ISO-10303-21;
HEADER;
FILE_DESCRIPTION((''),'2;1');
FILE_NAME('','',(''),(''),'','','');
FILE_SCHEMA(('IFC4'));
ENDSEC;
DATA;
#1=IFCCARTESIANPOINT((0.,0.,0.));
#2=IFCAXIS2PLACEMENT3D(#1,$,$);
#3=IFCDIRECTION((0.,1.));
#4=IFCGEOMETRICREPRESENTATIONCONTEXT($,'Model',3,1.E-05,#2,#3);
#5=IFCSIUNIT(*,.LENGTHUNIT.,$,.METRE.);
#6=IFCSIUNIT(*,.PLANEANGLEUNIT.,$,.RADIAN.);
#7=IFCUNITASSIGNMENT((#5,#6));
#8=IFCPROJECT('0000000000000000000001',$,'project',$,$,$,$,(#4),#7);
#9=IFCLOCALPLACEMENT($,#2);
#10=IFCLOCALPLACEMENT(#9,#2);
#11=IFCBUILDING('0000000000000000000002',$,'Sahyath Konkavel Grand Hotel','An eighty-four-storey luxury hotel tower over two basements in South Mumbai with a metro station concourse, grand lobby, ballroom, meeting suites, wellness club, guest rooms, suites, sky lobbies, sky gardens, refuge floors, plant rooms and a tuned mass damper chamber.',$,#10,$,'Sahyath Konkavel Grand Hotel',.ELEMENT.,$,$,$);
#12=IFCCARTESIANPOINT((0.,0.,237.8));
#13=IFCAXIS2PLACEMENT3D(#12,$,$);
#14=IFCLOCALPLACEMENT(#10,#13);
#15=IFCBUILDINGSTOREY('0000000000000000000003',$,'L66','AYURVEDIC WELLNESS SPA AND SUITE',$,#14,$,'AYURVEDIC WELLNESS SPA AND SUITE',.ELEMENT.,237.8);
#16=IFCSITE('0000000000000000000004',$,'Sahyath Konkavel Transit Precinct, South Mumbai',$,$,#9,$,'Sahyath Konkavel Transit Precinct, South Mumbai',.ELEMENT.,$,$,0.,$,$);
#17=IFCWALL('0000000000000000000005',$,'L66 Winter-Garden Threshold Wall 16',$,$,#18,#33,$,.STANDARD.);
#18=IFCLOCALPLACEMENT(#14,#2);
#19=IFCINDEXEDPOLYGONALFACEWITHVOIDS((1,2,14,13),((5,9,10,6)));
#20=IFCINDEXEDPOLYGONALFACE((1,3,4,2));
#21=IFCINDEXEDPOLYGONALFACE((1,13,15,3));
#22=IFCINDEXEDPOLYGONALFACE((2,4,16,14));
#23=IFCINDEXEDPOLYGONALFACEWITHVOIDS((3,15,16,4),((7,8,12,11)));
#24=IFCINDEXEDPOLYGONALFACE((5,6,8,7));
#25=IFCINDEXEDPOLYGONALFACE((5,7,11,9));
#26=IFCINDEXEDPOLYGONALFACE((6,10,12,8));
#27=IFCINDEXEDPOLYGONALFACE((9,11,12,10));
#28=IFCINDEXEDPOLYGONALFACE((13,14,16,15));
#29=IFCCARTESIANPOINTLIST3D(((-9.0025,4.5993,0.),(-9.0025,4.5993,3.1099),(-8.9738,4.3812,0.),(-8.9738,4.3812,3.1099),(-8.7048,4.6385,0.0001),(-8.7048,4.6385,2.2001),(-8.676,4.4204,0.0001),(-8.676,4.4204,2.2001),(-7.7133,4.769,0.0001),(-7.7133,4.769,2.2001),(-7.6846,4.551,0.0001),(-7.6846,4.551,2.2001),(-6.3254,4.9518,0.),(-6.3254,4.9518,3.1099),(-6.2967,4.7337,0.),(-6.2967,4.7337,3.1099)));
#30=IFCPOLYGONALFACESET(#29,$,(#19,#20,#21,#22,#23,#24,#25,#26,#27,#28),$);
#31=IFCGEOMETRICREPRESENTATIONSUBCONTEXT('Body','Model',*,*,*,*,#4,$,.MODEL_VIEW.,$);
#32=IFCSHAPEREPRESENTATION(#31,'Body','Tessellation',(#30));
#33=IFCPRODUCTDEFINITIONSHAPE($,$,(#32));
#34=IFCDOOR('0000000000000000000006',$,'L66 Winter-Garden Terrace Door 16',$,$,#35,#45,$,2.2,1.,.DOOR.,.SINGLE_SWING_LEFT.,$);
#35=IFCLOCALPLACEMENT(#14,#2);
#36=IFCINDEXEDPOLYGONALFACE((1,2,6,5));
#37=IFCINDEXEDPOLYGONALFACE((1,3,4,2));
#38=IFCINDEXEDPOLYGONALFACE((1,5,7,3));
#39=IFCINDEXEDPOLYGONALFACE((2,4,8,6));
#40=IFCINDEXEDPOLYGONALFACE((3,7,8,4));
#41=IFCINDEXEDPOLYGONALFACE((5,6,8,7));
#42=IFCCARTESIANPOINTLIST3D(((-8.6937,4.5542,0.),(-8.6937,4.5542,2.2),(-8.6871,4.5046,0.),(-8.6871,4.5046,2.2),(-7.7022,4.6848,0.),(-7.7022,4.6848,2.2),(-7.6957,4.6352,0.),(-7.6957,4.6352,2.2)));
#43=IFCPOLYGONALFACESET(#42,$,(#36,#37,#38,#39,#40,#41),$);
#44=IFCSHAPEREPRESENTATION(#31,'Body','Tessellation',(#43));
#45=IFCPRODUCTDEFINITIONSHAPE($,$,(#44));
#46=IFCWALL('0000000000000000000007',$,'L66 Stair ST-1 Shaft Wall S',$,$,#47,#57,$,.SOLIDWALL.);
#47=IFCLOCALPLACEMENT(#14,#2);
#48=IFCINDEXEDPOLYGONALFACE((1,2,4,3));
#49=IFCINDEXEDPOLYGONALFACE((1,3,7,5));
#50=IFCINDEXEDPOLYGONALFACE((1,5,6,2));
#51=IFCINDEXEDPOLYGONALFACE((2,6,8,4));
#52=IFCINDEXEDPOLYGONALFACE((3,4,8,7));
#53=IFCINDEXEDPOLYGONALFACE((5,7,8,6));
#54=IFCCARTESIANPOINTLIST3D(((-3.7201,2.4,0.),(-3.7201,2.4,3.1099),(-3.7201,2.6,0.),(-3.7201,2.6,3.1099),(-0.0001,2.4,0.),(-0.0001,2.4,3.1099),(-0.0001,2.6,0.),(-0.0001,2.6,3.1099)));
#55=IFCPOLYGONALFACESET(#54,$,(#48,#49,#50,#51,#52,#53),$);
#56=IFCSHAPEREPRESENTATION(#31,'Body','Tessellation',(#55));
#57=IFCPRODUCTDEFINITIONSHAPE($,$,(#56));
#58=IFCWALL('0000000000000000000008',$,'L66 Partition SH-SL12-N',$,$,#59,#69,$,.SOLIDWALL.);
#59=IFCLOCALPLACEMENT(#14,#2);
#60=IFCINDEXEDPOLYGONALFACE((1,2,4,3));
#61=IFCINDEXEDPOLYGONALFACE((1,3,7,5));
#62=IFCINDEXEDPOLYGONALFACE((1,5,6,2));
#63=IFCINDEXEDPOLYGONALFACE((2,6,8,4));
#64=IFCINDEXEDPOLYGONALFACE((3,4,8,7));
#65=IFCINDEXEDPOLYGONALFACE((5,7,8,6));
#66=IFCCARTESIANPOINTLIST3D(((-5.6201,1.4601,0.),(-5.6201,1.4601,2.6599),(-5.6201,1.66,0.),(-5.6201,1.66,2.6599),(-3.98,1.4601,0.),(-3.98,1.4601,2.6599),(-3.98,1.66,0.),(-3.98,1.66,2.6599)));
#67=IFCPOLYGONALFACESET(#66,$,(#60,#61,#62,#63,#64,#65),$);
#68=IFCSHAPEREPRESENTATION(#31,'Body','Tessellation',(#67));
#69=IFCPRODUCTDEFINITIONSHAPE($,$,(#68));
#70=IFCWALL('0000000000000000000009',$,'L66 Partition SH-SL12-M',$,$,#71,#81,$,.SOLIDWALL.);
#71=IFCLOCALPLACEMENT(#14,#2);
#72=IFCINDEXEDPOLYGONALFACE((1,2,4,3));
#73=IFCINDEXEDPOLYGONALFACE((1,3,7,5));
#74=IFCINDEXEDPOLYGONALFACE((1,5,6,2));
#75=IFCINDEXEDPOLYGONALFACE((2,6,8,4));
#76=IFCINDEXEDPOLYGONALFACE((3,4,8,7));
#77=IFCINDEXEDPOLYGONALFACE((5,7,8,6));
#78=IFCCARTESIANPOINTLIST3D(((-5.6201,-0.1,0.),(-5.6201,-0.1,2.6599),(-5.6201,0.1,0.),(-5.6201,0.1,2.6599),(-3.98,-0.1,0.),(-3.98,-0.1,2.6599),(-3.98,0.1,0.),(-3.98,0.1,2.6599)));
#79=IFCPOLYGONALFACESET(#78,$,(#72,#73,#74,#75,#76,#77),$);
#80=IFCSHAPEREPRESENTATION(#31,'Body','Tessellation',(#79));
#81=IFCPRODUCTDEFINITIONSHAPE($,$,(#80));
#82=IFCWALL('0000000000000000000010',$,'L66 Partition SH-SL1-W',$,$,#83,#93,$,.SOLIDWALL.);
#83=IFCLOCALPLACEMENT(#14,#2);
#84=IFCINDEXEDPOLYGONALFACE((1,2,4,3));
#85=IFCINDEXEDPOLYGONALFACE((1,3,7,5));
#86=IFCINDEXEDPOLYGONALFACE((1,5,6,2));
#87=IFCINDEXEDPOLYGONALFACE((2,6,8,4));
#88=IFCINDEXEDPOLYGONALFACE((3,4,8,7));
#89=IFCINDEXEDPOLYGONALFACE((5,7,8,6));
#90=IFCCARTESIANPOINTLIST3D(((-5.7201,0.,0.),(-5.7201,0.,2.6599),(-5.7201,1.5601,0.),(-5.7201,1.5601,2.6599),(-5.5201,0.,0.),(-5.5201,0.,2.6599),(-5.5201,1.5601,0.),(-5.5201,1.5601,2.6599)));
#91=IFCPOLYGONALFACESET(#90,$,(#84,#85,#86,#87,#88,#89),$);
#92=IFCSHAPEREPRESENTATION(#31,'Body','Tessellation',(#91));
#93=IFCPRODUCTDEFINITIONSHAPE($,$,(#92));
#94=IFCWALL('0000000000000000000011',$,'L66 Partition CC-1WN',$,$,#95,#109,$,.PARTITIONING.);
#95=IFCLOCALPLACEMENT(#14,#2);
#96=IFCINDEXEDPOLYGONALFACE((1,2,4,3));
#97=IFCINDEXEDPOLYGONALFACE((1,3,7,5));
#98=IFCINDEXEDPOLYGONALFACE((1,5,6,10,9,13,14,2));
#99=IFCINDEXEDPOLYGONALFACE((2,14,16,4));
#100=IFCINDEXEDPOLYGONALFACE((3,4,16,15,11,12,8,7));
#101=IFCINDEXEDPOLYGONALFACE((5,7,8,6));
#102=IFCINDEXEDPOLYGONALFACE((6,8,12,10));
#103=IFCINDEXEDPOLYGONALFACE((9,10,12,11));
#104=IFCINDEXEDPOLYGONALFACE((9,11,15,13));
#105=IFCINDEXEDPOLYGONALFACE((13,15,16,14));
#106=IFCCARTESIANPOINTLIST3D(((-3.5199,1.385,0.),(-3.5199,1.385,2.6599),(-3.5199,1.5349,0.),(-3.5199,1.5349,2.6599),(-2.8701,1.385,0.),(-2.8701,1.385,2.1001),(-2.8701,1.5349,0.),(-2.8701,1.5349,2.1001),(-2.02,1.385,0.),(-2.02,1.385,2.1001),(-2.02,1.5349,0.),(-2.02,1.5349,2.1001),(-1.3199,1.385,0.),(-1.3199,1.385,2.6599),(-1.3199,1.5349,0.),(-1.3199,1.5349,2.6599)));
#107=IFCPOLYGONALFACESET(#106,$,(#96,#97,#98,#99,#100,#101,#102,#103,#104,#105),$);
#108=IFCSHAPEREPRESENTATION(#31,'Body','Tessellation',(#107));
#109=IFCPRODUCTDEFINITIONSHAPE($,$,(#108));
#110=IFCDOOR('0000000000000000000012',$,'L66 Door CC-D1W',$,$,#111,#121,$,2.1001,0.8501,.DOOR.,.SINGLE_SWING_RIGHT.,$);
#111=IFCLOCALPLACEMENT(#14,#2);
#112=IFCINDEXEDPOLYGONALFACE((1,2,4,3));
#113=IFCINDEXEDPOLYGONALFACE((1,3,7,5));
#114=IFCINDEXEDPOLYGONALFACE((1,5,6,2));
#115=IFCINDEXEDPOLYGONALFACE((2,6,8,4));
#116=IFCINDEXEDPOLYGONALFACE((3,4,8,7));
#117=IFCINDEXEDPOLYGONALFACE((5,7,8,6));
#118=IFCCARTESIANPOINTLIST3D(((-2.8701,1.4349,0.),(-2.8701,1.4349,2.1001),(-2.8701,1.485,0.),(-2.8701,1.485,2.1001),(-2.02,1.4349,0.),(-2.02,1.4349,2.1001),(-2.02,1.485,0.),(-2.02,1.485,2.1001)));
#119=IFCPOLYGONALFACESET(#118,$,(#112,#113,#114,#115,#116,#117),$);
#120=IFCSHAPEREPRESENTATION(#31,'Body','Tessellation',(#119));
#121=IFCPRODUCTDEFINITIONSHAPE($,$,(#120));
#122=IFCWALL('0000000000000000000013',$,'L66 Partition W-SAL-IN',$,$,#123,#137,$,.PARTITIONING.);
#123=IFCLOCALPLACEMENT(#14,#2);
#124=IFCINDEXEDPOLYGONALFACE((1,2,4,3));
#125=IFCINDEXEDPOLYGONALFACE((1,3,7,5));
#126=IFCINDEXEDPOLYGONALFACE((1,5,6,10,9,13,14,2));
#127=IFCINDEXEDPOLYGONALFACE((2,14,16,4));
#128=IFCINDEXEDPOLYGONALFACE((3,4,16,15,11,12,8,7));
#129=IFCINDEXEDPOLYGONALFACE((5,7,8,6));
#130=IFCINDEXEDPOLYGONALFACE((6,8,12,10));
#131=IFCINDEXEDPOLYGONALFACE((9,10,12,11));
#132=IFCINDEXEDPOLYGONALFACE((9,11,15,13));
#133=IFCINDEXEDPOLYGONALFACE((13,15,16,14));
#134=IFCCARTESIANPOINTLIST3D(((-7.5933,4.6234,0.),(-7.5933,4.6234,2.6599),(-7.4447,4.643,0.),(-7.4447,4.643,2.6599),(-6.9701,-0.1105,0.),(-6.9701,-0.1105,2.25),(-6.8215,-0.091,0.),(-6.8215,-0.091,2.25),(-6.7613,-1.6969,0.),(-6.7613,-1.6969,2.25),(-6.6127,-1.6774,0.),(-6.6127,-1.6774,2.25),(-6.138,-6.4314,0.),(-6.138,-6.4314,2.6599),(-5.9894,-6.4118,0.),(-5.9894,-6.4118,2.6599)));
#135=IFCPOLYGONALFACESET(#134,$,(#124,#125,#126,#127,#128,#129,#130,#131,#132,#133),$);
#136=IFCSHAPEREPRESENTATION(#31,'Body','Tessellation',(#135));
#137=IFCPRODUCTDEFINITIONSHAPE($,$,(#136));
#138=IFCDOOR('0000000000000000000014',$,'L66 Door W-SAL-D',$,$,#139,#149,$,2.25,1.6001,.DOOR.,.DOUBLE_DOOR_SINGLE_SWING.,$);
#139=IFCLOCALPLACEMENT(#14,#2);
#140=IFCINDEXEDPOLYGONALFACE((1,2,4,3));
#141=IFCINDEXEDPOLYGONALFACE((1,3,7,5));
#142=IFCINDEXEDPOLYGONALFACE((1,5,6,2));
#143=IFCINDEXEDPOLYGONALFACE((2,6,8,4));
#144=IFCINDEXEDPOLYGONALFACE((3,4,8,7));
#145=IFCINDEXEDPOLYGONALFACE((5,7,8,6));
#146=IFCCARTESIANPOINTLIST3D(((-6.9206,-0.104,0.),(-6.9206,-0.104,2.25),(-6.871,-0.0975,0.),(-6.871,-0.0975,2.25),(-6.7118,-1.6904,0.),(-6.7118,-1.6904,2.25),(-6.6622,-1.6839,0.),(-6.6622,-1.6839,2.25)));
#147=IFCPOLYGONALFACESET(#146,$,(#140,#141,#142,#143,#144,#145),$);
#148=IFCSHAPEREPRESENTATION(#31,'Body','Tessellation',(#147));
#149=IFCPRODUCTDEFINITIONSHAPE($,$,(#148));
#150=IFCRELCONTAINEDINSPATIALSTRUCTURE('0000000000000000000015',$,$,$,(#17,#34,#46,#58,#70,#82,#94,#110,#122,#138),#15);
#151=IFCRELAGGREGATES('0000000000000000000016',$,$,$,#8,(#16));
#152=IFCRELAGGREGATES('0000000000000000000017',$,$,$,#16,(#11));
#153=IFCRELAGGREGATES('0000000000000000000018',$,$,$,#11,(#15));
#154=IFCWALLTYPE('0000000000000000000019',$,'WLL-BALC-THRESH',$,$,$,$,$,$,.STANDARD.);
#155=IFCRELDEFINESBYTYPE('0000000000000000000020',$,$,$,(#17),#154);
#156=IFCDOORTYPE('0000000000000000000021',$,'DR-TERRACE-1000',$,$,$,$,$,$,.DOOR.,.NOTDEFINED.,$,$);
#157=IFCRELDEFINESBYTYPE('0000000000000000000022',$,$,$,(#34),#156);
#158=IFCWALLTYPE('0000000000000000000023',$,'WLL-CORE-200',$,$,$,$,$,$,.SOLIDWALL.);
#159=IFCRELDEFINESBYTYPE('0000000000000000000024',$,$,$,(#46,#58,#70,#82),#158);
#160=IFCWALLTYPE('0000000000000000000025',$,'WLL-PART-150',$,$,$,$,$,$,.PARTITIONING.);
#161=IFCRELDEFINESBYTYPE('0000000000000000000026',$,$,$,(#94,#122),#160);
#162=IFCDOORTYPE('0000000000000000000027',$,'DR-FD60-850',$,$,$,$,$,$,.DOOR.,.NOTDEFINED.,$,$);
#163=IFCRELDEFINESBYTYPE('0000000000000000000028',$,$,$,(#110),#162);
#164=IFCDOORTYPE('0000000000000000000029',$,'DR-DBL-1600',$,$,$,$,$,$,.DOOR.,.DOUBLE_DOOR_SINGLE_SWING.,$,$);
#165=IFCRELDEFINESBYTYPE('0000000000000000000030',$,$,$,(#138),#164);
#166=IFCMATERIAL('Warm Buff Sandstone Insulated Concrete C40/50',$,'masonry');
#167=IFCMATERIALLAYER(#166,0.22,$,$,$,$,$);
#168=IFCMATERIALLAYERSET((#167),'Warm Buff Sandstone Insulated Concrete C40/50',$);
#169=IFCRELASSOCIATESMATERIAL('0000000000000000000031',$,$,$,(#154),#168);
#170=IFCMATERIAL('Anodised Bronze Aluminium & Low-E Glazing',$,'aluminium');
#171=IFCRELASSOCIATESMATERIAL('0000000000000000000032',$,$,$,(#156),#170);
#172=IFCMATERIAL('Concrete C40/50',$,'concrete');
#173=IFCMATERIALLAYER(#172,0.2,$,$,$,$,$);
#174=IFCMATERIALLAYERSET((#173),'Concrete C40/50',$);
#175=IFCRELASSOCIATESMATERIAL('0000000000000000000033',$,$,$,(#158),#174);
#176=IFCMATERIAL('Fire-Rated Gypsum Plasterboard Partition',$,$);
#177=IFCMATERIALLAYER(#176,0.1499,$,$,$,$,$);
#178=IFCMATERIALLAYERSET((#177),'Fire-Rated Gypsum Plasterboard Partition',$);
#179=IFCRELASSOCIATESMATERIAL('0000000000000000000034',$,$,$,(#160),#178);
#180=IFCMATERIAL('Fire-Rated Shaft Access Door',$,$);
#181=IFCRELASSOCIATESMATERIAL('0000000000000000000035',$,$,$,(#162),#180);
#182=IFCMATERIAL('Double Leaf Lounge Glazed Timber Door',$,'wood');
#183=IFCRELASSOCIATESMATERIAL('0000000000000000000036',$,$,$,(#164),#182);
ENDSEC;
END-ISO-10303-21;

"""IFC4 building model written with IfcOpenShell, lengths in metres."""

from ifc_helpers import new_model, si_unit, direction, frame, frame_2d, origin, origin_2d, place, context, subcontext, project, spatial, rectangle, extrude, source, transform, mapped, material, layer, layer_set, type_object, element, fill, save


model = new_model("IFC4")

# Units and contexts
model_context = context("Model", 3, precision=1e-05, world=origin(), true_north=direction((0.0, 1.0)))
body_context = subcontext(model_context, "Body", "Model", "MODEL_VIEW")
ifc_project = project(units=[si_unit("LENGTHUNIT", "METRE"), si_unit("PLANEANGLEUNIT", "RADIAN")], contexts=[model_context])

# Site, building, storey
site_placement = place(None, origin())
site = spatial("IfcSite", under=ifc_project, at=site_placement, Name="Sahyath Konkavel Transit Precinct, South Mumbai", LongName="Sahyath Konkavel Transit Precinct, South Mumbai", CompositionType="ELEMENT", RefElevation=0.0)
building_placement = place(site_placement, origin())
building = spatial("IfcBuilding", under=site, at=building_placement, Name="Sahyath Konkavel Grand Hotel", Description="An eighty-four-storey luxury hotel tower over two basements in South Mumbai with a metro station concourse, grand lobby, ballroom, meeting suites, wellness club, guest rooms, suites, sky lobbies, sky gardens, refuge floors, plant rooms and a tuned mass damper chamber.", LongName="Sahyath Konkavel Grand Hotel", CompositionType="ELEMENT")
storey_placement = place(building_placement, frame((0.0, 0.0, 237.8)))
storey = spatial("IfcBuildingStorey", under=building, at=storey_placement, Name="L66", Description="AYURVEDIC WELLNESS SPA AND SUITE", LongName="AYURVEDIC WELLNESS SPA AND SUITE", CompositionType="ELEMENT", Elevation=237.8)

# Shared definitions
ifc_material_1 = material(Name="Concrete C40/50", Category="concrete")

# Shared definitions
ifc_material_2 = material(Name="Anodised Bronze Aluminium & Low-E Glazing", Category="aluminium")

# Wall, opening, door
ifc_material_3 = material(Name="Warm Buff Sandstone Insulated Concrete C40/50", Category="masonry")
ifc_layer_1 = layer(ifc_material_3, 0.22)
ifc_layer_set_1 = layer_set([ifc_layer_1], Name="Warm Buff Sandstone Insulated Concrete C40/50")
wall_type_1 = type_object("IfcWallType", Name="WLL-BALC-THRESH", PredefinedType="STANDARD", material=ifc_layer_set_1)
wall_1_placement = place(storey_placement, frame((-6.311, 4.8428, 0.0), z_axis=(0.0, 0.0, 1.0), x_axis=(-0.99144, -0.130564, 0.0)))
wall_1 = element("IfcWall", 1, at=wall_1_placement, inside=storey, type_object=wall_type_1, Name="L66 Winter-Garden Threshold Wall 16", PredefinedType="STANDARD", context=body_context, shape_type="SweptSolid", body=[
    extrude(rectangle(XDim=2.7002, YDim=0.22, at=frame_2d((1.3501, 0.0))), origin(), (0.0, 0.0, 1.0), 3.1099),
])
opening_1_placement = place(wall_1_placement, frame((1.3999, 0.0, 0.0)))
opening_1 = element("IfcOpeningElement", 2, at=opening_1_placement, cuts=wall_1, PredefinedType="OPENING", context=body_context, shape_type="SweptSolid", body=[
    extrude(rectangle(XDim=1.0, YDim=2.2, at=frame_2d((0.5, 1.1001))), frame((0.0, 0.1201, 0.0), z_axis=(0.0, -1.0, 0.0), x_axis=(1.0, 0.0, 0.0)), (0.0, 0.0, 1.0), 0.24),
])
door_type_1 = type_object("IfcDoorType", Name="DR-TERRACE-1000", OperationType="NOTDEFINED", PredefinedType="DOOR", material=ifc_material_2)
shared_shape_1 = source(origin(), body_context, "Body", "SweptSolid", [
    extrude(rectangle(XDim=1.0, YDim=0.05, at=origin_2d()), origin(), (0.0, 0.0, 1.0), 2.2),
])
door_1_placement = place(opening_1_placement, frame((0.5, 0.0, 0.0)))
door_1 = element("IfcDoor", 3, at=door_1_placement, inside=storey, type_object=door_type_1, Name="L66 Winter-Garden Terrace Door 16", OperationType="SINGLE_SWING_LEFT", OverallHeight=2.2, OverallWidth=1.0, PredefinedType="DOOR", context=body_context, shape_type="MappedRepresentation", body=[
    mapped(shared_shape_1, transform((0.0, 0.0, 0.0), scale=1.0)),
])
fill(opening_1, door_1)

# Walls
ifc_layer_2 = layer(ifc_material_1, 0.2)
ifc_layer_set_2 = layer_set([ifc_layer_2], Name="Concrete C40/50")
wall_type_2 = type_object("IfcWallType", Name="WLL-CORE-200", PredefinedType="SOLIDWALL", material=ifc_layer_set_2)
wall_2_placement = place(storey_placement, frame((-3.72, 2.5, 0.0), z_axis=(0.0, 0.0, 1.0), x_axis=(1.0, 0.0, 0.0)))
element("IfcWall", 4, at=wall_2_placement, inside=storey, type_object=wall_type_2, Name="L66 Stair ST-1 Shaft Wall S", PredefinedType="SOLIDWALL", context=body_context, shape_type="SweptSolid", body=[
    extrude(rectangle(XDim=3.72, YDim=0.2, at=frame_2d((1.8599, 0.0))), origin(), (0.0, 0.0, 1.0), 3.1099),
])
for number, where, z_axis, x_axis, name in (
    (5, (-5.6201, 1.5601, 0.0), (0.0, 0.0, 1.0), (1.0, 0.0, 0.0), "L66 Partition SH-SL12-N"),
    (6, (-5.6201, 0.0, 0.0), (0.0, 0.0, 1.0), (1.0, 0.0, 0.0), "L66 Partition SH-SL12-M"),
):
    element("IfcWall", number, at=place(storey_placement, frame(where, z_axis=z_axis, x_axis=x_axis)), inside=storey, type_object=wall_type_2, Name=name, PredefinedType="SOLIDWALL", context=body_context, shape_type="SweptSolid", body=[
        extrude(rectangle(XDim=1.6401, YDim=0.2, at=frame_2d((0.8201, 0.0))), origin(), (0.0, 0.0, 1.0), 2.6599),
    ])
wall_3_placement = place(storey_placement, frame((-5.6201, 0.0, 0.0), z_axis=(0.0, 0.0, 1.0), x_axis=(0.0, 1.0, 0.0)))
element("IfcWall", 7, at=wall_3_placement, inside=storey, type_object=wall_type_2, Name="L66 Partition SH-SL1-W", PredefinedType="SOLIDWALL", context=body_context, shape_type="SweptSolid", body=[
    extrude(rectangle(XDim=1.5601, YDim=0.2, at=frame_2d((0.78, 0.0))), origin(), (0.0, 0.0, 1.0), 2.6599),
])

# Walls, openings, doors
ifc_material_4 = material(Name="Fire-Rated Gypsum Plasterboard Partition")
ifc_layer_3 = layer(ifc_material_4, 0.1499)
ifc_layer_set_3 = layer_set([ifc_layer_3], Name="Fire-Rated Gypsum Plasterboard Partition")
wall_type_3 = type_object("IfcWallType", Name="WLL-PART-150", PredefinedType="PARTITIONING", material=ifc_layer_set_3)
wall_4_placement = place(storey_placement, frame((-3.52, 1.46, 0.0), z_axis=(0.0, 0.0, 1.0), x_axis=(1.0, 0.0, 0.0)))
wall_4 = element("IfcWall", 8, at=wall_4_placement, inside=storey, type_object=wall_type_3, Name="L66 Partition CC-1WN", PredefinedType="PARTITIONING", context=body_context, shape_type="SweptSolid", body=[
    extrude(rectangle(XDim=2.2, YDim=0.1499, at=frame_2d((1.1001, 0.0))), origin(), (0.0, 0.0, 1.0), 2.6599),
])
opening_2_placement = place(wall_4_placement, frame((0.6499, 0.0, 0.0)))
opening_2 = element("IfcOpeningElement", 9, at=opening_2_placement, cuts=wall_4, PredefinedType="OPENING", context=body_context, shape_type="SweptSolid", body=[
    extrude(rectangle(XDim=0.8501, YDim=2.1001, at=frame_2d((0.425, 1.05))), frame((0.0, 0.085, 0.0), z_axis=(0.0, -1.0, 0.0), x_axis=(1.0, 0.0, 0.0)), (0.0, 0.0, 1.0), 0.1699),
])
ifc_material_5 = material(Name="Fire-Rated Shaft Access Door")
door_type_2 = type_object("IfcDoorType", Name="DR-FD60-850", OperationType="NOTDEFINED", PredefinedType="DOOR", material=ifc_material_5)
shared_shape_2 = source(origin(), body_context, "Body", "SweptSolid", [
    extrude(rectangle(XDim=0.8501, YDim=0.05, at=origin_2d()), origin(), (0.0, 0.0, 1.0), 2.1001),
])
door_2_placement = place(opening_2_placement, frame((0.425, 0.0, 0.0)))
door_2 = element("IfcDoor", 10, at=door_2_placement, inside=storey, type_object=door_type_2, Name="L66 Door CC-D1W", OperationType="SINGLE_SWING_RIGHT", OverallHeight=2.1001, OverallWidth=0.8501, PredefinedType="DOOR", context=body_context, shape_type="MappedRepresentation", body=[
    mapped(shared_shape_2, transform((0.0, 0.0, 0.0), scale=1.0)),
])
fill(opening_2, door_2)
wall_5_placement = place(storey_placement, frame((-7.519, 4.6333, 0.0), z_axis=(0.0, 0.0, 1.0), x_axis=(0.130521, -0.991445, 0.0)))
wall_5 = element("IfcWall", 11, at=wall_5_placement, inside=storey, type_object=wall_type_3, Name="L66 Partition W-SAL-IN", PredefinedType="PARTITIONING", context=body_context, shape_type="SweptSolid", body=[
    extrude(rectangle(XDim=11.1501, YDim=0.1499, at=frame_2d((5.5752, 0.0))), origin(), (0.0, 0.0, 1.0), 2.6599),
])
opening_3_placement = place(wall_5_placement, frame((4.7749, 0.0, 0.0)))
opening_3 = element("IfcOpeningElement", 12, at=opening_3_placement, cuts=wall_5, PredefinedType="OPENING", context=body_context, shape_type="SweptSolid", body=[
    extrude(rectangle(XDim=1.6001, YDim=2.25, at=frame_2d((0.8, 1.125))), frame((0.0, 0.085, 0.0), z_axis=(0.0, -1.0, 0.0), x_axis=(1.0, 0.0, 0.0)), (0.0, 0.0, 1.0), 0.1699),
])
ifc_material_6 = material(Name="Double Leaf Lounge Glazed Timber Door", Category="wood")
door_type_3 = type_object("IfcDoorType", Name="DR-DBL-1600", OperationType="DOUBLE_DOOR_SINGLE_SWING", PredefinedType="DOOR", material=ifc_material_6)
shared_shape_3 = source(origin(), body_context, "Body", "SweptSolid", [
    extrude(rectangle(XDim=1.6001, YDim=0.05, at=origin_2d()), origin(), (0.0, 0.0, 1.0), 2.25),
])
door_3_placement = place(opening_3_placement, frame((0.8, 0.0, 0.0)))
door_3 = element("IfcDoor", 13, at=door_3_placement, inside=storey, type_object=door_type_3, Name="L66 Door W-SAL-D", OperationType="DOUBLE_DOOR_SINGLE_SWING", OverallHeight=2.25, OverallWidth=1.6001, PredefinedType="DOOR", context=body_context, shape_type="MappedRepresentation", body=[
    mapped(shared_shape_3, transform((0.0, 0.0, 0.0), scale=1.0)),
])
fill(opening_3, door_3)

save(model, "model.ifc")
